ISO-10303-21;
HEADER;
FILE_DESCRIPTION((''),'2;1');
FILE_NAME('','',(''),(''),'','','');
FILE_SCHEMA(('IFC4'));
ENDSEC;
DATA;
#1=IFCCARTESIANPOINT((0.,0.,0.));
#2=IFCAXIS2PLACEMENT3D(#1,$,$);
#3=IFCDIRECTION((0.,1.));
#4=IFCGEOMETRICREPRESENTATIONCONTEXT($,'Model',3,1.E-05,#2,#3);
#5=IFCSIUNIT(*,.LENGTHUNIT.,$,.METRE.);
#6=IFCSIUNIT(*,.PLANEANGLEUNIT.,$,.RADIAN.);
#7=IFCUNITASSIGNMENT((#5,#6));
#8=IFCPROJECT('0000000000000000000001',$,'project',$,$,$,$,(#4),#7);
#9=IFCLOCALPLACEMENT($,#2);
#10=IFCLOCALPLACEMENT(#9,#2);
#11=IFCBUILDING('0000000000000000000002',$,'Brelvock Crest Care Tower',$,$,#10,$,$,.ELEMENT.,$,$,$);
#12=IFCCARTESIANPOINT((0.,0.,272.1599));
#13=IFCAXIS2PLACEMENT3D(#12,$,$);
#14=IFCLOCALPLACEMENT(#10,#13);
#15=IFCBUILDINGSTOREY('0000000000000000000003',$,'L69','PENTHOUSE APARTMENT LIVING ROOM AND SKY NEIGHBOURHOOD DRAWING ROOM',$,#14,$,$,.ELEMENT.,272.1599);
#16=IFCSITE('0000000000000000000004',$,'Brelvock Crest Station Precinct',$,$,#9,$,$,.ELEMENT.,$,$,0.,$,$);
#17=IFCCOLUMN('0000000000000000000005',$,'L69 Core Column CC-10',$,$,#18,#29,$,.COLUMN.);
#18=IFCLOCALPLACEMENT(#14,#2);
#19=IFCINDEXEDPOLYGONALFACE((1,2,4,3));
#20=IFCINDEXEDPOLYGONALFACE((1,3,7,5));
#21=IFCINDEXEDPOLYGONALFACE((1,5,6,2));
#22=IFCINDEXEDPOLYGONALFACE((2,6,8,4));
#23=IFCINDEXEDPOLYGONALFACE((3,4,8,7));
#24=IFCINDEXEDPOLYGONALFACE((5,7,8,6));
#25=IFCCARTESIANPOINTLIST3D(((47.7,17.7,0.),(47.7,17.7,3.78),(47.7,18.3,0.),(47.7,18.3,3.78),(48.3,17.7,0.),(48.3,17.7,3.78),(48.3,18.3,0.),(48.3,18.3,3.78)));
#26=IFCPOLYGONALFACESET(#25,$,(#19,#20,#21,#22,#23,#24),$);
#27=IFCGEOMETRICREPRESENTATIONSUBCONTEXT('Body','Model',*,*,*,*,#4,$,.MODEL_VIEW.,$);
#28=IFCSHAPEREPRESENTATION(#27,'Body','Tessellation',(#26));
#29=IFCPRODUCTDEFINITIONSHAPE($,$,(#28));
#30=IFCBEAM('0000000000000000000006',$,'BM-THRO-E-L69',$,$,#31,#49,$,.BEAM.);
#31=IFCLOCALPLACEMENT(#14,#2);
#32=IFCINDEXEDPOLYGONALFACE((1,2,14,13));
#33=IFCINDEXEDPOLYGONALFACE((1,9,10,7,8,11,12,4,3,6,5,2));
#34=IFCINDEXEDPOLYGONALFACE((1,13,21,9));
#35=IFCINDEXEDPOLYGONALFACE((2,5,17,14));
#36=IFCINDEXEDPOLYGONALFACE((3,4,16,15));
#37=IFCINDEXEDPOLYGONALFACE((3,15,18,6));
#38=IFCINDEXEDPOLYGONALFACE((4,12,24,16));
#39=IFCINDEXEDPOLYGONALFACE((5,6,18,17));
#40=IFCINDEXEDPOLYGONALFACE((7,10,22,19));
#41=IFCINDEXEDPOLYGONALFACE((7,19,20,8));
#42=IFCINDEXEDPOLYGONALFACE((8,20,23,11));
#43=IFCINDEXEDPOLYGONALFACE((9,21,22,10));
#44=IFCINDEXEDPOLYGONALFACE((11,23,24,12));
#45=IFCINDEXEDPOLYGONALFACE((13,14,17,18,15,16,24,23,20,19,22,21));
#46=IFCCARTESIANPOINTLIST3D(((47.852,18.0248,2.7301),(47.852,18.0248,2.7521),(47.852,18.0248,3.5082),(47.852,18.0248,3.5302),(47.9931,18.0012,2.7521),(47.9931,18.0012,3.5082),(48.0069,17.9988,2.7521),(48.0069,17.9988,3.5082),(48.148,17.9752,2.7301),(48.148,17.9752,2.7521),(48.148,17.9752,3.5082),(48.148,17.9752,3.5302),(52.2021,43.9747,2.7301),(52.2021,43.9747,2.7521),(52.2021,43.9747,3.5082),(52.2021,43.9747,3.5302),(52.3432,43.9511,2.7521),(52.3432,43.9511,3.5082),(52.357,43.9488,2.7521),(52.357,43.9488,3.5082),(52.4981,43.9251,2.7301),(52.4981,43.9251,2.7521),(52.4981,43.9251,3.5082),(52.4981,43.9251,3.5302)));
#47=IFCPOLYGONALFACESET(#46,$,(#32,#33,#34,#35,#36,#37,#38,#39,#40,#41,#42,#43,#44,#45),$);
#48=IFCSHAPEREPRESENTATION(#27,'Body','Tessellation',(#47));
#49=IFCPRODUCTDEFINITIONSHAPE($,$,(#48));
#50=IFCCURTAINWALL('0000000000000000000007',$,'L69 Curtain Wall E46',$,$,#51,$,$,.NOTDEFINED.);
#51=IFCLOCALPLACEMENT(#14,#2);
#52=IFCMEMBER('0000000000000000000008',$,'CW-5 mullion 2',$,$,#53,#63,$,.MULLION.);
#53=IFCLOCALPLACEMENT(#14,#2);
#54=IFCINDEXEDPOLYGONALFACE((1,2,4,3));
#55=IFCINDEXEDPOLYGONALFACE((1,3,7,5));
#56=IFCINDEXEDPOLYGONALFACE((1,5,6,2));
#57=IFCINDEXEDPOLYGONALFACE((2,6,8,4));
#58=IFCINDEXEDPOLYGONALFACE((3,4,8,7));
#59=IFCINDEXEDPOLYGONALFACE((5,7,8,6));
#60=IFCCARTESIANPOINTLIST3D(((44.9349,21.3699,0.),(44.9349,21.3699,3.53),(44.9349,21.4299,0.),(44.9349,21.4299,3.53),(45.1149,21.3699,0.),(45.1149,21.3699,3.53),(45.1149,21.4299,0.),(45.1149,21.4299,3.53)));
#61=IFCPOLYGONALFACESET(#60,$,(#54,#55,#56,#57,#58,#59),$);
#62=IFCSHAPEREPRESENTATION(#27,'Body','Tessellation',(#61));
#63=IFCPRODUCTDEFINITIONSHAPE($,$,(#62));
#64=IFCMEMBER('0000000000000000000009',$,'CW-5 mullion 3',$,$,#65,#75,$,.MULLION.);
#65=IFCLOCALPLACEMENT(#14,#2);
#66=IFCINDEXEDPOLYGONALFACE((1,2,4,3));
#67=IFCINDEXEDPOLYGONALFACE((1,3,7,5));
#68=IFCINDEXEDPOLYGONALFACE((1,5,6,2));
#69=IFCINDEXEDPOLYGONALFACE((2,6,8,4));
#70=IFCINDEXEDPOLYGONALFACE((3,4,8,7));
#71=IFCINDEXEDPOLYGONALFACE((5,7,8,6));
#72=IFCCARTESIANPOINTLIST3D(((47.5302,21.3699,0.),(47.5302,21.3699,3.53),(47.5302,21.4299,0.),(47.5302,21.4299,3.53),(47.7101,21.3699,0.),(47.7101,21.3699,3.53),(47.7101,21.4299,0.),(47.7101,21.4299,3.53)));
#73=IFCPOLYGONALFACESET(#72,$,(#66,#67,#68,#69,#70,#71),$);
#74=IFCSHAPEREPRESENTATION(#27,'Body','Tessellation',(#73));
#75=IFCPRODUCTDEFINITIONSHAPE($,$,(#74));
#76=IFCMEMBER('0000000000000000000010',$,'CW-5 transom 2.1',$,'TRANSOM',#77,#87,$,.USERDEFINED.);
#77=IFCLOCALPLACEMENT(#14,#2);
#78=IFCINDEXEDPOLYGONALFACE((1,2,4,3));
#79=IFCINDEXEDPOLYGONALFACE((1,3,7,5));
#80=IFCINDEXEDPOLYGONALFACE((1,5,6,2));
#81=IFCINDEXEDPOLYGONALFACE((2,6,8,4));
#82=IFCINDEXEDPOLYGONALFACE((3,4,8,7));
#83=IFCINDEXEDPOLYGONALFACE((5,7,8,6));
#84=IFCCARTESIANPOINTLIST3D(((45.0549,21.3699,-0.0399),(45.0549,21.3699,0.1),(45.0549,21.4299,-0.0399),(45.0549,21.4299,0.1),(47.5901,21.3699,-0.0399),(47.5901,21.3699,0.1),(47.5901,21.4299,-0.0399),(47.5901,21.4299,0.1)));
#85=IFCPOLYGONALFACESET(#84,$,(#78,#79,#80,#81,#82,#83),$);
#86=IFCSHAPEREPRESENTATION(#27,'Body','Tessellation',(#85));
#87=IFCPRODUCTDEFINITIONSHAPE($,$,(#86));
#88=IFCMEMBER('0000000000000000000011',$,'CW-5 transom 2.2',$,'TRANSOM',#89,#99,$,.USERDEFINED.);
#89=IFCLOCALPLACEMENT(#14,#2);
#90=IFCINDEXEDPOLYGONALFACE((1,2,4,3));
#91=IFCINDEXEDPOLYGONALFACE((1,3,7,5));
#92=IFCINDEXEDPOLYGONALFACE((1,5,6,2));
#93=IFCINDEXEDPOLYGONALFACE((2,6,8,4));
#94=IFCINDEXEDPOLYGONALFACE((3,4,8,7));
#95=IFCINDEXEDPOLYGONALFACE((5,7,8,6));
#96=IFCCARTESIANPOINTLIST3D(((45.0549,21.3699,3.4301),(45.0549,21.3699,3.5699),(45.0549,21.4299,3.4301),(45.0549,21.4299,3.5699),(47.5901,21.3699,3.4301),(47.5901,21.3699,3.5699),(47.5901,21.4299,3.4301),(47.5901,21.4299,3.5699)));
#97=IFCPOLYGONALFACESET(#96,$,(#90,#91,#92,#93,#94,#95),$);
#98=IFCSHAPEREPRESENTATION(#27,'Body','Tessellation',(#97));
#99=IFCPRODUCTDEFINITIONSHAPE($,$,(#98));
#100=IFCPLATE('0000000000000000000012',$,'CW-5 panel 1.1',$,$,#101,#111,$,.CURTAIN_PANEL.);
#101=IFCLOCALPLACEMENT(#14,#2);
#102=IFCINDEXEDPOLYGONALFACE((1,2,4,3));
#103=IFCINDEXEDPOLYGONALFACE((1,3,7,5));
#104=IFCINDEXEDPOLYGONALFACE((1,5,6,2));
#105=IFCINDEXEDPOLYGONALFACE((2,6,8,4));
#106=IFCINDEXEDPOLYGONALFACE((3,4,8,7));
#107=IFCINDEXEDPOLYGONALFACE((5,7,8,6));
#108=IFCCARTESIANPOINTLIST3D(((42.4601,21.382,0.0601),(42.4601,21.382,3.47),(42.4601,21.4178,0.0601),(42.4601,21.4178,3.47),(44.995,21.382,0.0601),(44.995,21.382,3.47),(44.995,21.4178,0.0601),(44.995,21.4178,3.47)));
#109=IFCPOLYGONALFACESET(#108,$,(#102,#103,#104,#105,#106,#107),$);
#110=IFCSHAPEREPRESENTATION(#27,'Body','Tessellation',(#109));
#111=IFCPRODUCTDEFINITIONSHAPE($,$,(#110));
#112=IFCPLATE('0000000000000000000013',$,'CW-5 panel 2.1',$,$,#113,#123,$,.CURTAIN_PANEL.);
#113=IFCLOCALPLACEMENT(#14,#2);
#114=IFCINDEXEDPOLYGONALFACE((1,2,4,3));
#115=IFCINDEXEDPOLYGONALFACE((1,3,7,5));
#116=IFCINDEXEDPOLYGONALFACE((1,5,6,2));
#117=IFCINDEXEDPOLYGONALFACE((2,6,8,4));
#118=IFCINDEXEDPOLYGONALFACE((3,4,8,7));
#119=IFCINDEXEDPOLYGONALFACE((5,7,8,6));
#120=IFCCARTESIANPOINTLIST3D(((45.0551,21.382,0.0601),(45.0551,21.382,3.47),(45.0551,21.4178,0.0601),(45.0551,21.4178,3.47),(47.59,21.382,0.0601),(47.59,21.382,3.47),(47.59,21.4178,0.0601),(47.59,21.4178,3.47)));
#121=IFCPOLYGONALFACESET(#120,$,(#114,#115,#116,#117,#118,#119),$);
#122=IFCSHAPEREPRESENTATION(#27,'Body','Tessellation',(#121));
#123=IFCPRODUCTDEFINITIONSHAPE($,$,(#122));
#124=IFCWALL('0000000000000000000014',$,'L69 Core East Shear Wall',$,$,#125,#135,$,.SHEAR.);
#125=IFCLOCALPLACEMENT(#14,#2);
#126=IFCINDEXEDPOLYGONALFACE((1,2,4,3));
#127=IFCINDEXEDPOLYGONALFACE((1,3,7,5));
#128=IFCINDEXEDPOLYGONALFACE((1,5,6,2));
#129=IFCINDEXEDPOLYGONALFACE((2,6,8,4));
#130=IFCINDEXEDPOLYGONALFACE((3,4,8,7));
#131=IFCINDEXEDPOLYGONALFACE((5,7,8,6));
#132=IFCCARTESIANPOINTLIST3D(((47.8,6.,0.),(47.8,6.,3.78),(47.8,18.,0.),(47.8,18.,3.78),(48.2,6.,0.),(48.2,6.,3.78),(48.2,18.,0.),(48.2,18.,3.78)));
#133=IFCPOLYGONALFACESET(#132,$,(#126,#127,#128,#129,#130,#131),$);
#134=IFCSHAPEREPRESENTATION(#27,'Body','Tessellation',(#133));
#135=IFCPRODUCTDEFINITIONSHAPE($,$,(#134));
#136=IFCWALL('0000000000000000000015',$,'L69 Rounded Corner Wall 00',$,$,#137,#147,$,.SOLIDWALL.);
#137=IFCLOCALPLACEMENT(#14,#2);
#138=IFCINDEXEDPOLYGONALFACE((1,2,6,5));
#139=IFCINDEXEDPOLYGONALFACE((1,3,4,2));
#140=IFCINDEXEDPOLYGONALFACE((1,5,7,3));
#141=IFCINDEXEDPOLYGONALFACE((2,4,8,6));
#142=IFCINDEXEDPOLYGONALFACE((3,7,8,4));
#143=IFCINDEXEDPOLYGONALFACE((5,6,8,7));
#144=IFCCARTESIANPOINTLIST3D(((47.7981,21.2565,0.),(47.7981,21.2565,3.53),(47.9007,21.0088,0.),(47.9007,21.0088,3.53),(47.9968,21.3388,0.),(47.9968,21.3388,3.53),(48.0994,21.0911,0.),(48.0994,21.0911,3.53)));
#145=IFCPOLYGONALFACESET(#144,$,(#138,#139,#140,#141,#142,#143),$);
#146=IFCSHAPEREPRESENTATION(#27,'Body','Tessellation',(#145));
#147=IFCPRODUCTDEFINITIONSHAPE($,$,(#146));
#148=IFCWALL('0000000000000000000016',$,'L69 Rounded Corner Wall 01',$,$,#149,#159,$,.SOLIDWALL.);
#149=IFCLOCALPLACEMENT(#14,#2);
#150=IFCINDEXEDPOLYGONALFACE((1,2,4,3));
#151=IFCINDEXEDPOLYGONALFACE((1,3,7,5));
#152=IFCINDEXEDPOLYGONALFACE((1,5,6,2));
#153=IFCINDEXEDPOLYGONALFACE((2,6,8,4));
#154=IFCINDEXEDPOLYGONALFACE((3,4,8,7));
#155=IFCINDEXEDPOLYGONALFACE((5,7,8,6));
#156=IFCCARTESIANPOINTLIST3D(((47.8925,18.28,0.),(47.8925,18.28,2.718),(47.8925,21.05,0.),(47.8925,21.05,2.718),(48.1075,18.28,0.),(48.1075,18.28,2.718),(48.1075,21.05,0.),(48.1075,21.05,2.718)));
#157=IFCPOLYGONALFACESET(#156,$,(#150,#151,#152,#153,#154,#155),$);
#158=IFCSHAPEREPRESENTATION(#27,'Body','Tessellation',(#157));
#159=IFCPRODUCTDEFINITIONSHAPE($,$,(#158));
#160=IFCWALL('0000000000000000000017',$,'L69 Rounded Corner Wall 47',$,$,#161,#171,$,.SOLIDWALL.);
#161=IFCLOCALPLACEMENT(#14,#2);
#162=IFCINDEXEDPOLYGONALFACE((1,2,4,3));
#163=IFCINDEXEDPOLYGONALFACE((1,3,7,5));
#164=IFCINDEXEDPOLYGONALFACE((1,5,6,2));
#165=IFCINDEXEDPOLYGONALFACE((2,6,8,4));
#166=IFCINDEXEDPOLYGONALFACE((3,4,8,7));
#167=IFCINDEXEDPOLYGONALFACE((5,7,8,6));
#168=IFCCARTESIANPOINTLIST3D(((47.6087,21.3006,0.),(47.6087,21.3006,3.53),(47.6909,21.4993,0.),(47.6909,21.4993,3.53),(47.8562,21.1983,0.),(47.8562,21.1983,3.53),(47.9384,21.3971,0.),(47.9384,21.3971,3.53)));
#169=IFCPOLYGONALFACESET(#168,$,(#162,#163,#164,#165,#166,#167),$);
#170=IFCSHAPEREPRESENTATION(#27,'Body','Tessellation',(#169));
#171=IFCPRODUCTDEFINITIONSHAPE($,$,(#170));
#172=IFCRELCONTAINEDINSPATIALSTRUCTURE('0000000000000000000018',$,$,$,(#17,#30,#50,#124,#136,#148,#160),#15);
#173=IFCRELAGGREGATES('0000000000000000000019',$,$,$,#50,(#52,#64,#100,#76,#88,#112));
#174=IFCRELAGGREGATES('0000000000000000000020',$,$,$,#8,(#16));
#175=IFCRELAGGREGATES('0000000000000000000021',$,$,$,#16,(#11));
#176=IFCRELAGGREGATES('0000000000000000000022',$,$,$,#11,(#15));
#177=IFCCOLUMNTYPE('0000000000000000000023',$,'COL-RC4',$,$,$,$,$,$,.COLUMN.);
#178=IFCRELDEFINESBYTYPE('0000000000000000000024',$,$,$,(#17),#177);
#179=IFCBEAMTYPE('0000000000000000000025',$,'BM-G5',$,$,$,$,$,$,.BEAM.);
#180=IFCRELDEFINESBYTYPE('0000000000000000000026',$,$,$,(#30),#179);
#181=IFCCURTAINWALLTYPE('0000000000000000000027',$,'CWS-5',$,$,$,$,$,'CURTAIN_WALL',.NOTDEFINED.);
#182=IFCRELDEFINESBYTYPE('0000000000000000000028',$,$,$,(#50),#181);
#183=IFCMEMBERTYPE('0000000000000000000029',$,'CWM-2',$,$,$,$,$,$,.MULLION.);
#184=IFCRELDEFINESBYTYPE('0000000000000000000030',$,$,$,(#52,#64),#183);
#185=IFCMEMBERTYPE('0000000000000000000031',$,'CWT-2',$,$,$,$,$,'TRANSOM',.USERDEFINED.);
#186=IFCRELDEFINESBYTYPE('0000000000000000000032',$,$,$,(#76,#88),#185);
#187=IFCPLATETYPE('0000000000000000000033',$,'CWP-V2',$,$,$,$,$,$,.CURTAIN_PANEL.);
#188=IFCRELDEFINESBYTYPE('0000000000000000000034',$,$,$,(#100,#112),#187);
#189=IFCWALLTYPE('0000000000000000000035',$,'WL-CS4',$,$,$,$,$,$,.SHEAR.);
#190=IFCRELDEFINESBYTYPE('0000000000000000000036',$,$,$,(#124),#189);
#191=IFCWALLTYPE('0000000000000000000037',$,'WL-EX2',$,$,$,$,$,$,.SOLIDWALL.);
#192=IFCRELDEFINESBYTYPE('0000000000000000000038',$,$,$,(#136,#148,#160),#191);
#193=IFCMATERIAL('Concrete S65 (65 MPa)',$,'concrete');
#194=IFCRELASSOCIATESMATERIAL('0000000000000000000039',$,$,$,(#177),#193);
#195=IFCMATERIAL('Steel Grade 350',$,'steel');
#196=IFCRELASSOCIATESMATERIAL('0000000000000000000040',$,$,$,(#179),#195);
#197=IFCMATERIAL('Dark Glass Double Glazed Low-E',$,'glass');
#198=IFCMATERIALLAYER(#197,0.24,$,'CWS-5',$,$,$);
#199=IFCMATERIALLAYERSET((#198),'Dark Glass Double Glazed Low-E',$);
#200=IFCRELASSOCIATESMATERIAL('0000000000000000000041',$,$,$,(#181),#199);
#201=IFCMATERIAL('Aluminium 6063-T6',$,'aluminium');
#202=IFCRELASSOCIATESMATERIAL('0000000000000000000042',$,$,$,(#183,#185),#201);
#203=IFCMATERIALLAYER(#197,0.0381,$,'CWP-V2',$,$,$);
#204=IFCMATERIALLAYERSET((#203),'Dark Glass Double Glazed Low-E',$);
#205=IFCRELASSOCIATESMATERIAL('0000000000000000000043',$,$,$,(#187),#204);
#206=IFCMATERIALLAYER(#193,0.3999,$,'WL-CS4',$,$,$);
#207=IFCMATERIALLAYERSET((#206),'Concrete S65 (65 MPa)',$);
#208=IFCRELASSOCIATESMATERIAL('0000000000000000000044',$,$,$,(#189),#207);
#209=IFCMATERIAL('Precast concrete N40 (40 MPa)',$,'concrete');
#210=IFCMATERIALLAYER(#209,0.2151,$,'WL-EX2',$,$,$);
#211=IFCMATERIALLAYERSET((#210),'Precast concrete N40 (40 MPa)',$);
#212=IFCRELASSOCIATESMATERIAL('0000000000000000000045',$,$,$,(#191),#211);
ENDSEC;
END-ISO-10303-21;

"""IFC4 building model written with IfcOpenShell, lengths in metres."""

from ifc_helpers import new_model, si_unit, direction, frame, frame_2d, origin, origin_2d, place, context, subcontext, project, spatial, rectangle, i_section, extrude, source, transform, mapped, material, layer, layer_set, material_profile, profile_set, type_object, element, aggregate, save


model = new_model("IFC4")

# Units and contexts
model_context = context("Model", 3, precision=1e-05, world=origin(), true_north=direction((0.0, 1.0)))
body_context = subcontext(model_context, "Body", "Model", "MODEL_VIEW")
ifc_project = project(units=[si_unit("LENGTHUNIT", "METRE"), si_unit("PLANEANGLEUNIT", "RADIAN")], contexts=[model_context])

# Site, building, storey
site_placement = place(None, origin())
site = spatial("IfcSite", under=ifc_project, at=site_placement, Name="Brelvock Crest Station Precinct", CompositionType="ELEMENT", RefElevation=0.0)
building_placement = place(site_placement, origin())
building = spatial("IfcBuilding", under=site, at=building_placement, Name="Brelvock Crest Care Tower", CompositionType="ELEMENT")
storey_placement = place(building_placement, frame((0.0, 0.0, 272.1599)))
storey = spatial("IfcBuildingStorey", under=building, at=storey_placement, Name="L69", Description="PENTHOUSE APARTMENT LIVING ROOM AND SKY NEIGHBOURHOOD DRAWING ROOM", CompositionType="ELEMENT", Elevation=272.1599)

# Column
ifc_material_1 = material(Name="Concrete S65 (65 MPa)", Category="concrete")
ifc_material_profile_1 = material_profile(ifc_material_1, rectangle(XDim=0.6001, YDim=0.6001, at=origin_2d()), Name="RC600x600")
ifc_profile_set_1 = profile_set([ifc_material_profile_1], Name="Concrete S65 (65 MPa)")
column_type = type_object("IfcColumnType", Name="COL-RC4", PredefinedType="COLUMN", material=ifc_profile_set_1)
shared_shape_1 = source(origin(), body_context, "Body", "SweptSolid", [
    extrude(rectangle(XDim=0.6001, YDim=0.6001, at=origin_2d()), origin(), (0.0, 0.0, 1.0), 3.78),
])
column_placement = place(storey_placement, frame((48.0, 18.0, 0.0), z_axis=(0.0, 0.0, 1.0), x_axis=(1.0, 0.0, 0.0)))
element("IfcColumn", 1, at=column_placement, inside=storey, type_object=column_type, Name="L69 Core Column CC-10", PredefinedType="COLUMN", context=body_context, shape_type="MappedRepresentation", body=[
    mapped(shared_shape_1, transform((0.0, 0.0, 0.0), x_axis=(1.0, 0.0, 0.0), y_axis=(0.0, 1.0, 0.0), z_axis=(0.0, 0.0, 1.0), scale=1.0)),
])

# Beam
ifc_material_2 = material(Name="Steel Grade 350", Category="steel")
ifc_material_profile_2 = material_profile(ifc_material_2, i_section(OverallWidth=0.3, OverallDepth=0.8, WebThickness=0.0139, FlangeThickness=0.022, at=origin_2d()), Name="800WB192")
ifc_profile_set_2 = profile_set([ifc_material_profile_2], Name="Steel Grade 350")
beam_type = type_object("IfcBeamType", Name="BM-G5", PredefinedType="BEAM", material=ifc_profile_set_2)
shared_shape_2 = source(origin(), body_context, "Body", "SweptSolid", [
    extrude(i_section(OverallWidth=0.3, OverallDepth=0.8, WebThickness=0.0139, FlangeThickness=0.022, at=origin_2d()), origin(), (0.0, 0.0, 1.0), 26.312),
])
beam_placement = place(storey_placement, frame((48.0, 18.0, 3.1301), z_axis=(0.165327, 0.986239, 0.0), x_axis=(-0.986239, 0.165327, 0.0)))
element("IfcBeam", 2, at=beam_placement, inside=storey, type_object=beam_type, Name="BM-THRO-E-L69", PredefinedType="BEAM", context=body_context, shape_type="MappedRepresentation", body=[
    mapped(shared_shape_2, transform((0.0, 0.0, 0.0), x_axis=(1.0, 0.0, 0.0), y_axis=(0.0, 1.0, 0.0), z_axis=(0.0, 0.0, 1.0), scale=1.0)),
])

# Curtain wall, members, plates
ifc_material_3 = material(Name="Dark Glass Double Glazed Low-E", Category="glass")
ifc_layer_1 = layer(ifc_material_3, 0.24, Name="CWS-5")
ifc_layer_set_1 = layer_set([ifc_layer_1], Name="Dark Glass Double Glazed Low-E")
curtain_wall_type = type_object("IfcCurtainWallType", Name="CWS-5", ElementType="CURTAIN_WALL", PredefinedType="NOTDEFINED", material=ifc_layer_set_1)
curtain_wall_placement = place(storey_placement, origin())
curtain_wall = element("IfcCurtainWall", 3, at=curtain_wall_placement, inside=storey, type_object=curtain_wall_type, Name="L69 Curtain Wall E46", PredefinedType="NOTDEFINED")
ifc_material_4 = material(Name="Aluminium 6063-T6", Category="aluminium")
ifc_material_profile_3 = material_profile(ifc_material_4, rectangle(XDim=0.0601, YDim=0.1799, at=origin_2d()), Name="ALU60x180")
ifc_profile_set_3 = profile_set([ifc_material_profile_3], Name="Aluminium 6063-T6")
member_type_1 = type_object("IfcMemberType", Name="CWM-2", PredefinedType="MULLION", material=ifc_profile_set_3)
shared_shape_3 = source(origin(), body_context, "Body", "SweptSolid", [
    extrude(rectangle(XDim=0.0601, YDim=0.1799, at=origin_2d()), origin(), (0.0, 0.0, 1.0), 3.53),
])
member_1_placement = place(storey_placement, frame((45.0249, 21.3999, 0.0), z_axis=(0.0, 0.0, 1.0), x_axis=(0.0, 1.0, 0.0)))
member_1 = element("IfcMember", 4, at=member_1_placement, type_object=member_type_1, Name="CW-5 mullion 2", PredefinedType="MULLION", context=body_context, shape_type="MappedRepresentation", body=[
    mapped(shared_shape_3, transform((0.0, 0.0, 0.0), x_axis=(1.0, 0.0, 0.0), y_axis=(0.0, 1.0, 0.0), z_axis=(0.0, 0.0, 1.0), scale=1.0)),
])
member_2_placement = place(storey_placement, frame((47.6201, 21.3999, 0.0), z_axis=(0.0, 0.0, 1.0), x_axis=(0.0, 1.0, 0.0)))
member_2 = element("IfcMember", 5, at=member_2_placement, type_object=member_type_1, Name="CW-5 mullion 3", PredefinedType="MULLION", context=body_context, shape_type="MappedRepresentation", body=[
    mapped(shared_shape_3, transform((0.0, 0.0, 0.0), x_axis=(1.0, 0.0, 0.0), y_axis=(0.0, 1.0, 0.0), z_axis=(0.0, 0.0, 1.0), scale=1.0)),
])
ifc_material_profile_4 = material_profile(ifc_material_4, rectangle(XDim=0.0601, YDim=0.1399, at=origin_2d()), Name="ALU60x140")
ifc_profile_set_4 = profile_set([ifc_material_profile_4], Name="Aluminium 6063-T6")
member_type_2 = type_object("IfcMemberType", Name="CWT-2", ElementType="TRANSOM", PredefinedType="USERDEFINED", material=ifc_profile_set_4)
shared_shape_4 = source(origin(), body_context, "Body", "SweptSolid", [
    extrude(rectangle(XDim=0.0601, YDim=0.1399, at=origin_2d()), origin(), (0.0, 0.0, 1.0), 2.5352),
])
member_3_placement = place(storey_placement, frame((45.0549, 21.3999, 0.03), z_axis=(1.0, 0.0, 0.0), x_axis=(0.0, 1.0, 0.0)))
member_3 = element("IfcMember", 6, at=member_3_placement, type_object=member_type_2, Name="CW-5 transom 2.1", ObjectType="TRANSOM", PredefinedType="USERDEFINED", context=body_context, shape_type="MappedRepresentation", body=[
    mapped(shared_shape_4, transform((0.0, 0.0, 0.0), x_axis=(1.0, 0.0, 0.0), y_axis=(0.0, 1.0, 0.0), z_axis=(0.0, 0.0, 1.0), scale=1.0)),
])
member_4_placement = place(storey_placement, frame((45.0549, 21.3999, 3.5), z_axis=(1.0, 0.0, 0.0), x_axis=(0.0, 1.0, 0.0)))
member_4 = element("IfcMember", 7, at=member_4_placement, type_object=member_type_2, Name="CW-5 transom 2.2", ObjectType="TRANSOM", PredefinedType="USERDEFINED", context=body_context, shape_type="MappedRepresentation", body=[
    mapped(shared_shape_4, transform((0.0, 0.0, 0.0), x_axis=(1.0, 0.0, 0.0), y_axis=(0.0, 1.0, 0.0), z_axis=(0.0, 0.0, 1.0), scale=1.0)),
])
ifc_layer_2 = layer(ifc_material_3, 0.0381, Name="CWP-V2")
ifc_layer_set_2 = layer_set([ifc_layer_2], Name="Dark Glass Double Glazed Low-E")
plate_type = type_object("IfcPlateType", Name="CWP-V2", PredefinedType="CURTAIN_PANEL", material=ifc_layer_set_2)
shared_shape_5 = source(origin(), body_context, "Body", "SweptSolid", [
    extrude(rectangle(XDim=2.5349, YDim=0.0359, at=origin_2d()), origin(), (0.0, 0.0, 1.0), 3.4099),
])
plate_1_placement = place(storey_placement, frame((43.7275, 21.3999, 0.0601), z_axis=(0.0, 0.0, 1.0), x_axis=(1.0, 0.0, 0.0)))
plate_1 = element("IfcPlate", 8, at=plate_1_placement, type_object=plate_type, Name="CW-5 panel 1.1", PredefinedType="CURTAIN_PANEL", context=body_context, shape_type="MappedRepresentation", body=[
    mapped(shared_shape_5, transform((0.0, 0.0, 0.0), x_axis=(1.0, 0.0, 0.0), y_axis=(0.0, 1.0, 0.0), z_axis=(0.0, 0.0, 1.0), scale=1.0)),
])
plate_2_placement = place(storey_placement, frame((46.3225, 21.3999, 0.0601), z_axis=(0.0, 0.0, 1.0), x_axis=(1.0, 0.0, 0.0)))
plate_2 = element("IfcPlate", 9, at=plate_2_placement, type_object=plate_type, Name="CW-5 panel 2.1", PredefinedType="CURTAIN_PANEL", context=body_context, shape_type="MappedRepresentation", body=[
    mapped(shared_shape_5, transform((0.0, 0.0, 0.0), x_axis=(1.0, 0.0, 0.0), y_axis=(0.0, 1.0, 0.0), z_axis=(0.0, 0.0, 1.0), scale=1.0)),
])
aggregate(curtain_wall, [member_1, member_2, plate_1, member_3, member_4, plate_2])

# Walls
ifc_layer_3 = layer(ifc_material_1, 0.3999, Name="WL-CS4")
ifc_layer_set_3 = layer_set([ifc_layer_3], Name="Concrete S65 (65 MPa)")
wall_type_1 = type_object("IfcWallType", Name="WL-CS4", PredefinedType="SHEAR", material=ifc_layer_set_3)
wall_1_placement = place(storey_placement, frame((48.0, 18.0, 0.0), z_axis=(0.0, 0.0, 1.0), x_axis=(0.0, -1.0, 0.0)))
element("IfcWall", 10, at=wall_1_placement, inside=storey, type_object=wall_type_1, Name="L69 Core East Shear Wall", PredefinedType="SHEAR", context=body_context, shape_type="SweptSolid", body=[
    extrude(rectangle(XDim=12.0, YDim=0.3999, at=frame_2d((6.0, 0.0))), origin(), (0.0, 0.0, 1.0), 3.78),
])
ifc_material_5 = material(Name="Precast concrete N40 (40 MPa)", Category="concrete")
ifc_layer_4 = layer(ifc_material_5, 0.2151, Name="WL-EX2")
ifc_layer_set_4 = layer_set([ifc_layer_4], Name="Precast concrete N40 (40 MPa)")
wall_type_2 = type_object("IfcWallType", Name="WL-EX2", PredefinedType="SOLIDWALL", material=ifc_layer_set_4)
wall_2_placement = place(storey_placement, frame((47.8975, 21.2976, 0.0), z_axis=(0.0, 0.0, 1.0), x_axis=(0.382674, -0.923884, 0.0)))
element("IfcWall", 11, at=wall_2_placement, inside=storey, type_object=wall_type_2, Name="L69 Rounded Corner Wall 00", PredefinedType="SOLIDWALL", context=body_context, shape_type="SweptSolid", body=[
    extrude(rectangle(XDim=0.2681, YDim=0.2151, at=frame_2d((0.134, 0.0))), origin(), (0.0, 0.0, 1.0), 3.53),
])
wall_3_placement = place(storey_placement, frame((48.0, 21.05, 0.0), z_axis=(0.0, 0.0, 1.0), x_axis=(0.0, -1.0, 0.0)))
element("IfcWall", 12, at=wall_3_placement, inside=storey, type_object=wall_type_2, Name="L69 Rounded Corner Wall 01", PredefinedType="SOLIDWALL", context=body_context, shape_type="SweptSolid", body=[
    extrude(rectangle(XDim=2.77, YDim=0.2151, at=frame_2d((1.385, 0.0))), origin(), (0.0, 0.0, 1.0), 2.718),
])
wall_4_placement = place(storey_placement, frame((47.6499, 21.3999, 0.0), z_axis=(0.0, 0.0, 1.0), x_axis=(0.924205, -0.381896, 0.0)))
element("IfcWall", 13, at=wall_4_placement, inside=storey, type_object=wall_type_2, Name="L69 Rounded Corner Wall 47", PredefinedType="SOLIDWALL", context=body_context, shape_type="SweptSolid", body=[
    extrude(rectangle(XDim=0.2678, YDim=0.2151, at=frame_2d((0.1338, 0.0))), origin(), (0.0, 0.0, 1.0), 3.53),
])

save(model, "model.ifc")
